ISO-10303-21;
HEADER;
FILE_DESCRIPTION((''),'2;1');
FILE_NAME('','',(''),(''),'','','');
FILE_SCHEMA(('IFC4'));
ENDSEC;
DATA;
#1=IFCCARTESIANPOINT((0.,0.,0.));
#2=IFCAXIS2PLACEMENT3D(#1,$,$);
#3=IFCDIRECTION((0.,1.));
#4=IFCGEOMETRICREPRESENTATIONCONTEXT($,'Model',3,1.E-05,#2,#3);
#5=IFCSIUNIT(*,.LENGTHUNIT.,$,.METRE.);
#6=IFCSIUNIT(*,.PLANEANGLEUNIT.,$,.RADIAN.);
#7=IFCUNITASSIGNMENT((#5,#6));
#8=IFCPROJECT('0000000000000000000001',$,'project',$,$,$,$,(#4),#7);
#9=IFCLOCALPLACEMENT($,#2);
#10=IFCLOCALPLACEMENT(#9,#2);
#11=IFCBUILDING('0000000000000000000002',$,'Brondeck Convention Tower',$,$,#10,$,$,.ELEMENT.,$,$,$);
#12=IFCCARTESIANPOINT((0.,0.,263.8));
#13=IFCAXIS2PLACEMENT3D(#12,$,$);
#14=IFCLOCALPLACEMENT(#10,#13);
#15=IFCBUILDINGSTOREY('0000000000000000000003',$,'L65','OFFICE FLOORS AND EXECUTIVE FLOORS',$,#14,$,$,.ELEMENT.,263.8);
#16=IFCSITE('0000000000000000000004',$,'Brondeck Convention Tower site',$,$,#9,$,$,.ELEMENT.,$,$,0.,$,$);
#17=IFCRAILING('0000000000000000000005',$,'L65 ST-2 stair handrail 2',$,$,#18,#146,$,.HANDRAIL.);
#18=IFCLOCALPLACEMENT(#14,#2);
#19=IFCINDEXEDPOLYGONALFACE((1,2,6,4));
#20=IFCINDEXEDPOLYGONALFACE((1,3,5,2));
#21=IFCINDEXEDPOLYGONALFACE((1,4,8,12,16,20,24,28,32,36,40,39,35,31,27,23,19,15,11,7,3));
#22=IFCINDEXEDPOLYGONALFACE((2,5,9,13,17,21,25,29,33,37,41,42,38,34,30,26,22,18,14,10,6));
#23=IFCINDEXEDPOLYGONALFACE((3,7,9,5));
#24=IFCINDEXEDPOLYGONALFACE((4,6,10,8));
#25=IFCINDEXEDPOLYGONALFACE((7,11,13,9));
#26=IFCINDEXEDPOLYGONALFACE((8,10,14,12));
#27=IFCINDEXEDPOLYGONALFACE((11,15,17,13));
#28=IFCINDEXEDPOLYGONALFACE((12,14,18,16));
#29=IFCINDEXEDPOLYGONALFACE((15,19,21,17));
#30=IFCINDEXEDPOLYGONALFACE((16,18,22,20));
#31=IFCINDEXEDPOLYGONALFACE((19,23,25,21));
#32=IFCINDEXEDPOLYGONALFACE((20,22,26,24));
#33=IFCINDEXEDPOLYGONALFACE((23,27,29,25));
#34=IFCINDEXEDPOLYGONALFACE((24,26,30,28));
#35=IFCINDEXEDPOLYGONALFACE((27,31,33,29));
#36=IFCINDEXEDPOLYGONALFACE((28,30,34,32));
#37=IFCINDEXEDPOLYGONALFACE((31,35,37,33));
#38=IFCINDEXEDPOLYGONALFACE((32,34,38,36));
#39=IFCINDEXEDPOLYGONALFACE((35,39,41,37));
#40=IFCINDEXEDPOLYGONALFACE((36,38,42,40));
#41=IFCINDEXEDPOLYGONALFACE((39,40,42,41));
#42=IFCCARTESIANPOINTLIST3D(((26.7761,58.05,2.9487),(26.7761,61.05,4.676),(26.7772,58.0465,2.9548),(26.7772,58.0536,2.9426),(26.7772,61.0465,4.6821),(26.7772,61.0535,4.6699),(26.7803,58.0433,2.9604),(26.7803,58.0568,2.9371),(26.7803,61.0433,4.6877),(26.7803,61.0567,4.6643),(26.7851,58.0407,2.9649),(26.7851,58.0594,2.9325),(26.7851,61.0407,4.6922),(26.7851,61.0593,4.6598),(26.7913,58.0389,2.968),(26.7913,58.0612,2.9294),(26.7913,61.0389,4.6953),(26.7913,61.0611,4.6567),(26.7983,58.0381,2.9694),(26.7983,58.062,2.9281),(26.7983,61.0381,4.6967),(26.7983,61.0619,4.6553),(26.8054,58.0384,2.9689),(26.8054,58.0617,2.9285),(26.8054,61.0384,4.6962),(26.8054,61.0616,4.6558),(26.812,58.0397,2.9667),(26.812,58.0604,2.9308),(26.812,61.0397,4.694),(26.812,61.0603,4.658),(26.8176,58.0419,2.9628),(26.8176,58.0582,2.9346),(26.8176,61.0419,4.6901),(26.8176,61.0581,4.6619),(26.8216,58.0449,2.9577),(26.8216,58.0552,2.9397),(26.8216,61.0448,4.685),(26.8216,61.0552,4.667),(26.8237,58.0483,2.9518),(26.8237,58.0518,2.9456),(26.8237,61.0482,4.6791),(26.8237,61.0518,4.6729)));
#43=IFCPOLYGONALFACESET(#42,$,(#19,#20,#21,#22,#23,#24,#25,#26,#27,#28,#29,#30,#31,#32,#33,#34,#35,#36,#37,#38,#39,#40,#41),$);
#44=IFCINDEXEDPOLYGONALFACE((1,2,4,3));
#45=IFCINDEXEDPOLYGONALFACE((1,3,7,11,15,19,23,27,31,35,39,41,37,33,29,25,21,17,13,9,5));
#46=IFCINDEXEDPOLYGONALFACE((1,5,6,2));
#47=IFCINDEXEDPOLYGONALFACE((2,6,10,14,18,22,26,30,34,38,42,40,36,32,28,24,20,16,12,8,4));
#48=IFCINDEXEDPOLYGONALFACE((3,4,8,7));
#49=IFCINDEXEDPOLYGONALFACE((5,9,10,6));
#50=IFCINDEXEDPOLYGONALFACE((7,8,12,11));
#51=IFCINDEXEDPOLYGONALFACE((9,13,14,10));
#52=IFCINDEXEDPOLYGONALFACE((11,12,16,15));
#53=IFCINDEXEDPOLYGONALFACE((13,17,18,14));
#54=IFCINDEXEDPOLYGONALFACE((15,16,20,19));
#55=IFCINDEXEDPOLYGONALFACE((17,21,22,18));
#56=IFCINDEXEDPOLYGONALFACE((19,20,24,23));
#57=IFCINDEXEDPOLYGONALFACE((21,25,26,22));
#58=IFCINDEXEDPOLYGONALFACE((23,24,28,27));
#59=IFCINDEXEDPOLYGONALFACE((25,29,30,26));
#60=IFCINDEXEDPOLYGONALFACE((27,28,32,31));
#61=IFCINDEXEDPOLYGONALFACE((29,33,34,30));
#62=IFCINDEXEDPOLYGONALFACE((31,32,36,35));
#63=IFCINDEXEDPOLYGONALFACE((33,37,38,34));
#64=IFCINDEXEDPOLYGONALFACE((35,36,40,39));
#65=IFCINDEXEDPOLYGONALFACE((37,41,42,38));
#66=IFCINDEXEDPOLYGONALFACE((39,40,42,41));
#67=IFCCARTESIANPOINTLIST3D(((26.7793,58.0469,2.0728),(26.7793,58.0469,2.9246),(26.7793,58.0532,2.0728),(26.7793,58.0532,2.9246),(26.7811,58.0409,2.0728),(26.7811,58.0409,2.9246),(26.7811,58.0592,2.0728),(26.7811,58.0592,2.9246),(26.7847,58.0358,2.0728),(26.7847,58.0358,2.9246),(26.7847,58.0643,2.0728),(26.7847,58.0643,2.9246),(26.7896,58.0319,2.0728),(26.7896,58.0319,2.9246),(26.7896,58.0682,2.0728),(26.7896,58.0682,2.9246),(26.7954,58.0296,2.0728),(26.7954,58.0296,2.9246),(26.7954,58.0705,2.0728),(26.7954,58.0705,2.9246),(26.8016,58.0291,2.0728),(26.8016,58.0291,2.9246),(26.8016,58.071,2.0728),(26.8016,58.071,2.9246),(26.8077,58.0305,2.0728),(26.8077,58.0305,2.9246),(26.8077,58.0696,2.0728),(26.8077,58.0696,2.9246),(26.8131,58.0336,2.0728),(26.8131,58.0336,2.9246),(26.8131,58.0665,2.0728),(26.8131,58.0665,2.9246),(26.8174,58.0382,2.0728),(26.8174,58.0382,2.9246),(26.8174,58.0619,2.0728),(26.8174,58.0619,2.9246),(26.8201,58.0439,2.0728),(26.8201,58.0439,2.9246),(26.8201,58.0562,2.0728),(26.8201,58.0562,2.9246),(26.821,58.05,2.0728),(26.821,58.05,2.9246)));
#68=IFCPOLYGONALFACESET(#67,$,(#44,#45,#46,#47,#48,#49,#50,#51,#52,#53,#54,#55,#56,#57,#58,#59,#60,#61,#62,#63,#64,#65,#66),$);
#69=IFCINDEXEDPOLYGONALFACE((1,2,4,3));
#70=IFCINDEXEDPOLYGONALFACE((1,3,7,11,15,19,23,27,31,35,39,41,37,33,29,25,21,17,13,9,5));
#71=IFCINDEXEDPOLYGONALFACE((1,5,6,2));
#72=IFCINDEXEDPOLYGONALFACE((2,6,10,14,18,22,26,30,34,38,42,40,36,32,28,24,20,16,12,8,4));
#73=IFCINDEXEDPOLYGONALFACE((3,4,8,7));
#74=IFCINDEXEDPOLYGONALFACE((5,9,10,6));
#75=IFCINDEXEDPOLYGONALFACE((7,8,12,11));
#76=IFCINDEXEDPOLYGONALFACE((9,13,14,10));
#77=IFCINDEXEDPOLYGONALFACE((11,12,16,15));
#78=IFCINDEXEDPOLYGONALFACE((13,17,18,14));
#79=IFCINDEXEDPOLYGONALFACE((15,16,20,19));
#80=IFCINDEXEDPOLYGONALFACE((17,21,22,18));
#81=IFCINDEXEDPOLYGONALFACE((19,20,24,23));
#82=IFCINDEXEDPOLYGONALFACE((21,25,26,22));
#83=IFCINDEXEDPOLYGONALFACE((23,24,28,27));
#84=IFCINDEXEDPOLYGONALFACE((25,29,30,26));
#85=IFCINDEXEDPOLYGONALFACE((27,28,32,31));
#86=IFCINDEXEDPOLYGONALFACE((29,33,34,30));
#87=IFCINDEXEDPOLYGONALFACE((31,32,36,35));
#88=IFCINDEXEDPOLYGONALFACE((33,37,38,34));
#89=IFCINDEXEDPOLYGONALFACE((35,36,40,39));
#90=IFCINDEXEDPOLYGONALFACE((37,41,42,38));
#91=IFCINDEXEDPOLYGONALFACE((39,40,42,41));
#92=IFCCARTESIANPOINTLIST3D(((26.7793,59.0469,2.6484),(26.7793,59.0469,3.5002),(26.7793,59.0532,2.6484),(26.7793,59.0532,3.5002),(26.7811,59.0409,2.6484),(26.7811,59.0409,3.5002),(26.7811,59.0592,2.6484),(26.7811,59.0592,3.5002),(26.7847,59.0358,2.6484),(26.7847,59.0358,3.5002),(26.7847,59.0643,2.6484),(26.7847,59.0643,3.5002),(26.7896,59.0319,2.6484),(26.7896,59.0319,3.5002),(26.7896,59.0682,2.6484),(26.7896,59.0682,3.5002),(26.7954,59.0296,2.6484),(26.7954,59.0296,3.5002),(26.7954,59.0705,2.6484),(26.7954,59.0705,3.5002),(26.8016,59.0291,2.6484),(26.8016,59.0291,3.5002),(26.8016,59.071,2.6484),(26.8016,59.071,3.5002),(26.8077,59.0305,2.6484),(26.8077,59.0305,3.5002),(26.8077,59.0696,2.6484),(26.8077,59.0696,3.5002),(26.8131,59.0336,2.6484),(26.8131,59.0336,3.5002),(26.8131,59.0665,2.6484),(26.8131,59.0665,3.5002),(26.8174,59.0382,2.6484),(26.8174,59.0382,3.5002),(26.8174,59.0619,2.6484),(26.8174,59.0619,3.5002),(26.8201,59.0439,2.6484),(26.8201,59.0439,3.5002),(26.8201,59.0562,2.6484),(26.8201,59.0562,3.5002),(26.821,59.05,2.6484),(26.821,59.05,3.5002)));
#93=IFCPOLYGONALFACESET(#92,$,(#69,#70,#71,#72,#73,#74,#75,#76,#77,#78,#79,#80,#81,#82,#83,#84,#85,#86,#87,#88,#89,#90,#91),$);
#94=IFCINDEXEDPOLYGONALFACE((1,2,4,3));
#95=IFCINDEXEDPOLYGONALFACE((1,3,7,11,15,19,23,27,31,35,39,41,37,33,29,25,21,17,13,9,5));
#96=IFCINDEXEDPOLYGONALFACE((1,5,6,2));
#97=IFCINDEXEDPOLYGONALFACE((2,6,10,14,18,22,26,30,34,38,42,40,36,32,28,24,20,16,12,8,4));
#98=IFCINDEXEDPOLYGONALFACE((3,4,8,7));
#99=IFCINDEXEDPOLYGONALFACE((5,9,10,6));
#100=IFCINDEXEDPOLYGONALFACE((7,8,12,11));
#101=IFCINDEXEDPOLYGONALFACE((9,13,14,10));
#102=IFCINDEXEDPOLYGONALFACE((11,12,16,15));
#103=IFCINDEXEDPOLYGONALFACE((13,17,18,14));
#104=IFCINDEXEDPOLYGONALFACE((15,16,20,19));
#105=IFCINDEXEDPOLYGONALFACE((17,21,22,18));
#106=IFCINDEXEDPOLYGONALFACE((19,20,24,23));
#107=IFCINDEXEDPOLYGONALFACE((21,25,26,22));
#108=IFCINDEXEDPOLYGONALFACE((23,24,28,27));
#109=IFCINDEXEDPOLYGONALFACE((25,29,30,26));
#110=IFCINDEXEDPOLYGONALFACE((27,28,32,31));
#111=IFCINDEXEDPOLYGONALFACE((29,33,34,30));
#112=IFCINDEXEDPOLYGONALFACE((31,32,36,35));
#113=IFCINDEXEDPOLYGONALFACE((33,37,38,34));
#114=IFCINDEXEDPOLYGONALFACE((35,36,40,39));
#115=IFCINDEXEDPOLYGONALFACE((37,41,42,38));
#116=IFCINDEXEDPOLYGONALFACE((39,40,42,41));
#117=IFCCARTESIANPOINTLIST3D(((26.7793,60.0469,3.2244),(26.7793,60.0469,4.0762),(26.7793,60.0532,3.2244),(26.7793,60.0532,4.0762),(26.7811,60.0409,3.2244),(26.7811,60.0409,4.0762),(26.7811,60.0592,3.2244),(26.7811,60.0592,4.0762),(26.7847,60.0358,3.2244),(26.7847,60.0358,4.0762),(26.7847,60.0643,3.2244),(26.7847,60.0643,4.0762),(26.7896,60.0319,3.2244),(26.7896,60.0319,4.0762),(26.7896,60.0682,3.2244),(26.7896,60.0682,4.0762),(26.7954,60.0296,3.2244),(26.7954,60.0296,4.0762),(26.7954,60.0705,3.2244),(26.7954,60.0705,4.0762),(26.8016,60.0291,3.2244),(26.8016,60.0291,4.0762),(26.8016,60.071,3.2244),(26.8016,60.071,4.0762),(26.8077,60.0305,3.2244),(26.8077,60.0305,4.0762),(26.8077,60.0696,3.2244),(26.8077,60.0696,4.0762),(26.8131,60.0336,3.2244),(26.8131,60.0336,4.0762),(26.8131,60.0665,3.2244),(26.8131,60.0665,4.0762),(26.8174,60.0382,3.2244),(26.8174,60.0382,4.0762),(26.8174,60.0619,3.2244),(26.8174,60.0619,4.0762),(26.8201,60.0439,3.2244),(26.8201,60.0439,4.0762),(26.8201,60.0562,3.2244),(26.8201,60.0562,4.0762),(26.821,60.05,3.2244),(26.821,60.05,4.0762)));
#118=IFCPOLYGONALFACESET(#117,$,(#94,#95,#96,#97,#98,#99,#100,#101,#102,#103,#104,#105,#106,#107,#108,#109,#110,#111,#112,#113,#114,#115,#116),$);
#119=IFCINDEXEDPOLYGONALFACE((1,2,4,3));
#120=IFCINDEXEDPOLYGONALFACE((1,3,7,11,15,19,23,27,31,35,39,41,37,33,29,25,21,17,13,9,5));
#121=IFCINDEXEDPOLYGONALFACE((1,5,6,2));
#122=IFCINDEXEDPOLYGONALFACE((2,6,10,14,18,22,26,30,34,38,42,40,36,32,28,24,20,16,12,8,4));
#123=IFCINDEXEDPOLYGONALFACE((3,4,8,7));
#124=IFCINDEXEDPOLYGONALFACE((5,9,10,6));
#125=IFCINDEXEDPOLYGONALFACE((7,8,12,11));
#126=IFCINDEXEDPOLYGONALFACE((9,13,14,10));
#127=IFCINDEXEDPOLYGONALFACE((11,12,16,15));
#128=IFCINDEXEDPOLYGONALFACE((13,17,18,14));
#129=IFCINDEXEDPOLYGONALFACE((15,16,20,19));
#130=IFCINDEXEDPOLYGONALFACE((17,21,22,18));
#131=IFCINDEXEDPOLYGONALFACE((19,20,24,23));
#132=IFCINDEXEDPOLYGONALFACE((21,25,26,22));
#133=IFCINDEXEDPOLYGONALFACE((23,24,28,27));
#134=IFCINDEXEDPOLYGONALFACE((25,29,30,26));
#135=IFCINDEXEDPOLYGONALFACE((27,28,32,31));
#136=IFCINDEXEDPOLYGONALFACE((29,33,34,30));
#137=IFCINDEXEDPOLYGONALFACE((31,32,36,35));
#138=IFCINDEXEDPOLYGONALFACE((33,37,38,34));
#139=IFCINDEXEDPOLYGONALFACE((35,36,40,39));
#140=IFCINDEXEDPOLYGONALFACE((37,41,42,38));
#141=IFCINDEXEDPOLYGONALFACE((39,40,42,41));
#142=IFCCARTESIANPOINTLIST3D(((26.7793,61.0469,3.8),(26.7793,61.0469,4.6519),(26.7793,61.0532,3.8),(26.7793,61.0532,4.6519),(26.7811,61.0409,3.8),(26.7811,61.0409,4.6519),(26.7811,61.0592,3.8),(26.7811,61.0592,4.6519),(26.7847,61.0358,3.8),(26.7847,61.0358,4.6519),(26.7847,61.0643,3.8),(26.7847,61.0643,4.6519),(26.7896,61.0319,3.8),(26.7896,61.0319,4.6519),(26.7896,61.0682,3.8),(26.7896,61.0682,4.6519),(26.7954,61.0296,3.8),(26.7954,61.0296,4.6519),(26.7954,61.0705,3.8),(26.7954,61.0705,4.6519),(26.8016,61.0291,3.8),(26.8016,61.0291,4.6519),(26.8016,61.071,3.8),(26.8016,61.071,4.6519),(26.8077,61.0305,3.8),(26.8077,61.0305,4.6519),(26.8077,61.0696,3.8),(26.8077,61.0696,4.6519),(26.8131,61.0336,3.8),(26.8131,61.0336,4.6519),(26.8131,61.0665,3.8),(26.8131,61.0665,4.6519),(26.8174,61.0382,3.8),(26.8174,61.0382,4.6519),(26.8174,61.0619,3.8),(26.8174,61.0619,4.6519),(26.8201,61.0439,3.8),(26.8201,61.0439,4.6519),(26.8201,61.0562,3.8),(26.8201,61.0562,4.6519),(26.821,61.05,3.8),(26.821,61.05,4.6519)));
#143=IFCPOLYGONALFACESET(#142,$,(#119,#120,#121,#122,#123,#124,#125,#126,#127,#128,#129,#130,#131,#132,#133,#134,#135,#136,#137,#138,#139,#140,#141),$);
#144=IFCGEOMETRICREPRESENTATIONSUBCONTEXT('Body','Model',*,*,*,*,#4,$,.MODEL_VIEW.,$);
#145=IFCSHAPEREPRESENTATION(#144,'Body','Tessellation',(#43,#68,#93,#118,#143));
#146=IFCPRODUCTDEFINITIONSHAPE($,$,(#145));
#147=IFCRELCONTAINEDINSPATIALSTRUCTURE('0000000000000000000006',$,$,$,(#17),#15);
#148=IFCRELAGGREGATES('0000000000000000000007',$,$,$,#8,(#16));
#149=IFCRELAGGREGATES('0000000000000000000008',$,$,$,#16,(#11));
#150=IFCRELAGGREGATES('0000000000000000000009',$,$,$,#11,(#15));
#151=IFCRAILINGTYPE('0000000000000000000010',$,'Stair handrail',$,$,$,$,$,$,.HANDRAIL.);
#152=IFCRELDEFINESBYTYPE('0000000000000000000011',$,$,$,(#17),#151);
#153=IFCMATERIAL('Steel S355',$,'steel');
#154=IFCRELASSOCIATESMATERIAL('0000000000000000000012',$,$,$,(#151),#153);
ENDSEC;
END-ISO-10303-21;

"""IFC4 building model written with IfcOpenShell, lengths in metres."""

from ifc_helpers import new_model, si_unit, direction, frame, origin, origin_2d, place, context, subcontext, project, spatial, circle, extrude, material, type_object, element, save


model = new_model("IFC4")

# Units and contexts
model_context = context("Model", 3, precision=1e-05, world=origin(), true_north=direction((0.0, 1.0)))
body_context = subcontext(model_context, "Body", "Model", "MODEL_VIEW")
ifc_project = project(units=[si_unit("LENGTHUNIT", "METRE"), si_unit("PLANEANGLEUNIT", "RADIAN")], contexts=[model_context])

# Site, building, storey
site_placement = place(None, origin())
site = spatial("IfcSite", under=ifc_project, at=site_placement, Name="Brondeck Convention Tower site", CompositionType="ELEMENT", RefElevation=0.0)
building_placement = place(site_placement, origin())
building = spatial("IfcBuilding", under=site, at=building_placement, Name="Brondeck Convention Tower", CompositionType="ELEMENT")
storey_placement = place(building_placement, frame((0.0, 0.0, 263.8)))
storey = spatial("IfcBuildingStorey", under=building, at=storey_placement, Name="L65", Description="OFFICE FLOORS AND EXECUTIVE FLOORS", CompositionType="ELEMENT", Elevation=263.8)

# Railing
ifc_material_1 = material(Name="Steel S355", Category="steel")
railing_type_1 = type_object("IfcRailingType", Name="Stair handrail", PredefinedType="HANDRAIL", material=ifc_material_1)
railing_1_placement = place(storey_placement, frame((26.8, 58.05, 2.0728)))
element("IfcRailing", 1, at=railing_1_placement, inside=storey, type_object=railing_type_1, Name="L65 ST-2 stair handrail 2", PredefinedType="HANDRAIL", context=body_context, shape_type="SweptSolid", body=[
    extrude(circle(Radius=0.0239, at=origin_2d()), frame((0.0, 0.0, 0.876), z_axis=(0.0, 0.86662, 0.498969), x_axis=(-1.0, 0.0, 0.0)), (0.0, 0.0, 1.0), 3.4617),
    extrude(circle(Radius=0.021, at=origin_2d()), origin(), (0.0, 0.0, 1.0), 0.8518),
    extrude(circle(Radius=0.021, at=origin_2d()), frame((0.0, 1.0, 0.5757)), (0.0, 0.0, 1.0), 0.8518),
    extrude(circle(Radius=0.021, at=origin_2d()), frame((0.0, 2.0, 1.1516)), (0.0, 0.0, 1.0), 0.8518),
    extrude(circle(Radius=0.021, at=origin_2d()), frame((0.0, 3.0, 1.7273)), (0.0, 0.0, 1.0), 0.8518),
])

save(model, "model.ifc")
